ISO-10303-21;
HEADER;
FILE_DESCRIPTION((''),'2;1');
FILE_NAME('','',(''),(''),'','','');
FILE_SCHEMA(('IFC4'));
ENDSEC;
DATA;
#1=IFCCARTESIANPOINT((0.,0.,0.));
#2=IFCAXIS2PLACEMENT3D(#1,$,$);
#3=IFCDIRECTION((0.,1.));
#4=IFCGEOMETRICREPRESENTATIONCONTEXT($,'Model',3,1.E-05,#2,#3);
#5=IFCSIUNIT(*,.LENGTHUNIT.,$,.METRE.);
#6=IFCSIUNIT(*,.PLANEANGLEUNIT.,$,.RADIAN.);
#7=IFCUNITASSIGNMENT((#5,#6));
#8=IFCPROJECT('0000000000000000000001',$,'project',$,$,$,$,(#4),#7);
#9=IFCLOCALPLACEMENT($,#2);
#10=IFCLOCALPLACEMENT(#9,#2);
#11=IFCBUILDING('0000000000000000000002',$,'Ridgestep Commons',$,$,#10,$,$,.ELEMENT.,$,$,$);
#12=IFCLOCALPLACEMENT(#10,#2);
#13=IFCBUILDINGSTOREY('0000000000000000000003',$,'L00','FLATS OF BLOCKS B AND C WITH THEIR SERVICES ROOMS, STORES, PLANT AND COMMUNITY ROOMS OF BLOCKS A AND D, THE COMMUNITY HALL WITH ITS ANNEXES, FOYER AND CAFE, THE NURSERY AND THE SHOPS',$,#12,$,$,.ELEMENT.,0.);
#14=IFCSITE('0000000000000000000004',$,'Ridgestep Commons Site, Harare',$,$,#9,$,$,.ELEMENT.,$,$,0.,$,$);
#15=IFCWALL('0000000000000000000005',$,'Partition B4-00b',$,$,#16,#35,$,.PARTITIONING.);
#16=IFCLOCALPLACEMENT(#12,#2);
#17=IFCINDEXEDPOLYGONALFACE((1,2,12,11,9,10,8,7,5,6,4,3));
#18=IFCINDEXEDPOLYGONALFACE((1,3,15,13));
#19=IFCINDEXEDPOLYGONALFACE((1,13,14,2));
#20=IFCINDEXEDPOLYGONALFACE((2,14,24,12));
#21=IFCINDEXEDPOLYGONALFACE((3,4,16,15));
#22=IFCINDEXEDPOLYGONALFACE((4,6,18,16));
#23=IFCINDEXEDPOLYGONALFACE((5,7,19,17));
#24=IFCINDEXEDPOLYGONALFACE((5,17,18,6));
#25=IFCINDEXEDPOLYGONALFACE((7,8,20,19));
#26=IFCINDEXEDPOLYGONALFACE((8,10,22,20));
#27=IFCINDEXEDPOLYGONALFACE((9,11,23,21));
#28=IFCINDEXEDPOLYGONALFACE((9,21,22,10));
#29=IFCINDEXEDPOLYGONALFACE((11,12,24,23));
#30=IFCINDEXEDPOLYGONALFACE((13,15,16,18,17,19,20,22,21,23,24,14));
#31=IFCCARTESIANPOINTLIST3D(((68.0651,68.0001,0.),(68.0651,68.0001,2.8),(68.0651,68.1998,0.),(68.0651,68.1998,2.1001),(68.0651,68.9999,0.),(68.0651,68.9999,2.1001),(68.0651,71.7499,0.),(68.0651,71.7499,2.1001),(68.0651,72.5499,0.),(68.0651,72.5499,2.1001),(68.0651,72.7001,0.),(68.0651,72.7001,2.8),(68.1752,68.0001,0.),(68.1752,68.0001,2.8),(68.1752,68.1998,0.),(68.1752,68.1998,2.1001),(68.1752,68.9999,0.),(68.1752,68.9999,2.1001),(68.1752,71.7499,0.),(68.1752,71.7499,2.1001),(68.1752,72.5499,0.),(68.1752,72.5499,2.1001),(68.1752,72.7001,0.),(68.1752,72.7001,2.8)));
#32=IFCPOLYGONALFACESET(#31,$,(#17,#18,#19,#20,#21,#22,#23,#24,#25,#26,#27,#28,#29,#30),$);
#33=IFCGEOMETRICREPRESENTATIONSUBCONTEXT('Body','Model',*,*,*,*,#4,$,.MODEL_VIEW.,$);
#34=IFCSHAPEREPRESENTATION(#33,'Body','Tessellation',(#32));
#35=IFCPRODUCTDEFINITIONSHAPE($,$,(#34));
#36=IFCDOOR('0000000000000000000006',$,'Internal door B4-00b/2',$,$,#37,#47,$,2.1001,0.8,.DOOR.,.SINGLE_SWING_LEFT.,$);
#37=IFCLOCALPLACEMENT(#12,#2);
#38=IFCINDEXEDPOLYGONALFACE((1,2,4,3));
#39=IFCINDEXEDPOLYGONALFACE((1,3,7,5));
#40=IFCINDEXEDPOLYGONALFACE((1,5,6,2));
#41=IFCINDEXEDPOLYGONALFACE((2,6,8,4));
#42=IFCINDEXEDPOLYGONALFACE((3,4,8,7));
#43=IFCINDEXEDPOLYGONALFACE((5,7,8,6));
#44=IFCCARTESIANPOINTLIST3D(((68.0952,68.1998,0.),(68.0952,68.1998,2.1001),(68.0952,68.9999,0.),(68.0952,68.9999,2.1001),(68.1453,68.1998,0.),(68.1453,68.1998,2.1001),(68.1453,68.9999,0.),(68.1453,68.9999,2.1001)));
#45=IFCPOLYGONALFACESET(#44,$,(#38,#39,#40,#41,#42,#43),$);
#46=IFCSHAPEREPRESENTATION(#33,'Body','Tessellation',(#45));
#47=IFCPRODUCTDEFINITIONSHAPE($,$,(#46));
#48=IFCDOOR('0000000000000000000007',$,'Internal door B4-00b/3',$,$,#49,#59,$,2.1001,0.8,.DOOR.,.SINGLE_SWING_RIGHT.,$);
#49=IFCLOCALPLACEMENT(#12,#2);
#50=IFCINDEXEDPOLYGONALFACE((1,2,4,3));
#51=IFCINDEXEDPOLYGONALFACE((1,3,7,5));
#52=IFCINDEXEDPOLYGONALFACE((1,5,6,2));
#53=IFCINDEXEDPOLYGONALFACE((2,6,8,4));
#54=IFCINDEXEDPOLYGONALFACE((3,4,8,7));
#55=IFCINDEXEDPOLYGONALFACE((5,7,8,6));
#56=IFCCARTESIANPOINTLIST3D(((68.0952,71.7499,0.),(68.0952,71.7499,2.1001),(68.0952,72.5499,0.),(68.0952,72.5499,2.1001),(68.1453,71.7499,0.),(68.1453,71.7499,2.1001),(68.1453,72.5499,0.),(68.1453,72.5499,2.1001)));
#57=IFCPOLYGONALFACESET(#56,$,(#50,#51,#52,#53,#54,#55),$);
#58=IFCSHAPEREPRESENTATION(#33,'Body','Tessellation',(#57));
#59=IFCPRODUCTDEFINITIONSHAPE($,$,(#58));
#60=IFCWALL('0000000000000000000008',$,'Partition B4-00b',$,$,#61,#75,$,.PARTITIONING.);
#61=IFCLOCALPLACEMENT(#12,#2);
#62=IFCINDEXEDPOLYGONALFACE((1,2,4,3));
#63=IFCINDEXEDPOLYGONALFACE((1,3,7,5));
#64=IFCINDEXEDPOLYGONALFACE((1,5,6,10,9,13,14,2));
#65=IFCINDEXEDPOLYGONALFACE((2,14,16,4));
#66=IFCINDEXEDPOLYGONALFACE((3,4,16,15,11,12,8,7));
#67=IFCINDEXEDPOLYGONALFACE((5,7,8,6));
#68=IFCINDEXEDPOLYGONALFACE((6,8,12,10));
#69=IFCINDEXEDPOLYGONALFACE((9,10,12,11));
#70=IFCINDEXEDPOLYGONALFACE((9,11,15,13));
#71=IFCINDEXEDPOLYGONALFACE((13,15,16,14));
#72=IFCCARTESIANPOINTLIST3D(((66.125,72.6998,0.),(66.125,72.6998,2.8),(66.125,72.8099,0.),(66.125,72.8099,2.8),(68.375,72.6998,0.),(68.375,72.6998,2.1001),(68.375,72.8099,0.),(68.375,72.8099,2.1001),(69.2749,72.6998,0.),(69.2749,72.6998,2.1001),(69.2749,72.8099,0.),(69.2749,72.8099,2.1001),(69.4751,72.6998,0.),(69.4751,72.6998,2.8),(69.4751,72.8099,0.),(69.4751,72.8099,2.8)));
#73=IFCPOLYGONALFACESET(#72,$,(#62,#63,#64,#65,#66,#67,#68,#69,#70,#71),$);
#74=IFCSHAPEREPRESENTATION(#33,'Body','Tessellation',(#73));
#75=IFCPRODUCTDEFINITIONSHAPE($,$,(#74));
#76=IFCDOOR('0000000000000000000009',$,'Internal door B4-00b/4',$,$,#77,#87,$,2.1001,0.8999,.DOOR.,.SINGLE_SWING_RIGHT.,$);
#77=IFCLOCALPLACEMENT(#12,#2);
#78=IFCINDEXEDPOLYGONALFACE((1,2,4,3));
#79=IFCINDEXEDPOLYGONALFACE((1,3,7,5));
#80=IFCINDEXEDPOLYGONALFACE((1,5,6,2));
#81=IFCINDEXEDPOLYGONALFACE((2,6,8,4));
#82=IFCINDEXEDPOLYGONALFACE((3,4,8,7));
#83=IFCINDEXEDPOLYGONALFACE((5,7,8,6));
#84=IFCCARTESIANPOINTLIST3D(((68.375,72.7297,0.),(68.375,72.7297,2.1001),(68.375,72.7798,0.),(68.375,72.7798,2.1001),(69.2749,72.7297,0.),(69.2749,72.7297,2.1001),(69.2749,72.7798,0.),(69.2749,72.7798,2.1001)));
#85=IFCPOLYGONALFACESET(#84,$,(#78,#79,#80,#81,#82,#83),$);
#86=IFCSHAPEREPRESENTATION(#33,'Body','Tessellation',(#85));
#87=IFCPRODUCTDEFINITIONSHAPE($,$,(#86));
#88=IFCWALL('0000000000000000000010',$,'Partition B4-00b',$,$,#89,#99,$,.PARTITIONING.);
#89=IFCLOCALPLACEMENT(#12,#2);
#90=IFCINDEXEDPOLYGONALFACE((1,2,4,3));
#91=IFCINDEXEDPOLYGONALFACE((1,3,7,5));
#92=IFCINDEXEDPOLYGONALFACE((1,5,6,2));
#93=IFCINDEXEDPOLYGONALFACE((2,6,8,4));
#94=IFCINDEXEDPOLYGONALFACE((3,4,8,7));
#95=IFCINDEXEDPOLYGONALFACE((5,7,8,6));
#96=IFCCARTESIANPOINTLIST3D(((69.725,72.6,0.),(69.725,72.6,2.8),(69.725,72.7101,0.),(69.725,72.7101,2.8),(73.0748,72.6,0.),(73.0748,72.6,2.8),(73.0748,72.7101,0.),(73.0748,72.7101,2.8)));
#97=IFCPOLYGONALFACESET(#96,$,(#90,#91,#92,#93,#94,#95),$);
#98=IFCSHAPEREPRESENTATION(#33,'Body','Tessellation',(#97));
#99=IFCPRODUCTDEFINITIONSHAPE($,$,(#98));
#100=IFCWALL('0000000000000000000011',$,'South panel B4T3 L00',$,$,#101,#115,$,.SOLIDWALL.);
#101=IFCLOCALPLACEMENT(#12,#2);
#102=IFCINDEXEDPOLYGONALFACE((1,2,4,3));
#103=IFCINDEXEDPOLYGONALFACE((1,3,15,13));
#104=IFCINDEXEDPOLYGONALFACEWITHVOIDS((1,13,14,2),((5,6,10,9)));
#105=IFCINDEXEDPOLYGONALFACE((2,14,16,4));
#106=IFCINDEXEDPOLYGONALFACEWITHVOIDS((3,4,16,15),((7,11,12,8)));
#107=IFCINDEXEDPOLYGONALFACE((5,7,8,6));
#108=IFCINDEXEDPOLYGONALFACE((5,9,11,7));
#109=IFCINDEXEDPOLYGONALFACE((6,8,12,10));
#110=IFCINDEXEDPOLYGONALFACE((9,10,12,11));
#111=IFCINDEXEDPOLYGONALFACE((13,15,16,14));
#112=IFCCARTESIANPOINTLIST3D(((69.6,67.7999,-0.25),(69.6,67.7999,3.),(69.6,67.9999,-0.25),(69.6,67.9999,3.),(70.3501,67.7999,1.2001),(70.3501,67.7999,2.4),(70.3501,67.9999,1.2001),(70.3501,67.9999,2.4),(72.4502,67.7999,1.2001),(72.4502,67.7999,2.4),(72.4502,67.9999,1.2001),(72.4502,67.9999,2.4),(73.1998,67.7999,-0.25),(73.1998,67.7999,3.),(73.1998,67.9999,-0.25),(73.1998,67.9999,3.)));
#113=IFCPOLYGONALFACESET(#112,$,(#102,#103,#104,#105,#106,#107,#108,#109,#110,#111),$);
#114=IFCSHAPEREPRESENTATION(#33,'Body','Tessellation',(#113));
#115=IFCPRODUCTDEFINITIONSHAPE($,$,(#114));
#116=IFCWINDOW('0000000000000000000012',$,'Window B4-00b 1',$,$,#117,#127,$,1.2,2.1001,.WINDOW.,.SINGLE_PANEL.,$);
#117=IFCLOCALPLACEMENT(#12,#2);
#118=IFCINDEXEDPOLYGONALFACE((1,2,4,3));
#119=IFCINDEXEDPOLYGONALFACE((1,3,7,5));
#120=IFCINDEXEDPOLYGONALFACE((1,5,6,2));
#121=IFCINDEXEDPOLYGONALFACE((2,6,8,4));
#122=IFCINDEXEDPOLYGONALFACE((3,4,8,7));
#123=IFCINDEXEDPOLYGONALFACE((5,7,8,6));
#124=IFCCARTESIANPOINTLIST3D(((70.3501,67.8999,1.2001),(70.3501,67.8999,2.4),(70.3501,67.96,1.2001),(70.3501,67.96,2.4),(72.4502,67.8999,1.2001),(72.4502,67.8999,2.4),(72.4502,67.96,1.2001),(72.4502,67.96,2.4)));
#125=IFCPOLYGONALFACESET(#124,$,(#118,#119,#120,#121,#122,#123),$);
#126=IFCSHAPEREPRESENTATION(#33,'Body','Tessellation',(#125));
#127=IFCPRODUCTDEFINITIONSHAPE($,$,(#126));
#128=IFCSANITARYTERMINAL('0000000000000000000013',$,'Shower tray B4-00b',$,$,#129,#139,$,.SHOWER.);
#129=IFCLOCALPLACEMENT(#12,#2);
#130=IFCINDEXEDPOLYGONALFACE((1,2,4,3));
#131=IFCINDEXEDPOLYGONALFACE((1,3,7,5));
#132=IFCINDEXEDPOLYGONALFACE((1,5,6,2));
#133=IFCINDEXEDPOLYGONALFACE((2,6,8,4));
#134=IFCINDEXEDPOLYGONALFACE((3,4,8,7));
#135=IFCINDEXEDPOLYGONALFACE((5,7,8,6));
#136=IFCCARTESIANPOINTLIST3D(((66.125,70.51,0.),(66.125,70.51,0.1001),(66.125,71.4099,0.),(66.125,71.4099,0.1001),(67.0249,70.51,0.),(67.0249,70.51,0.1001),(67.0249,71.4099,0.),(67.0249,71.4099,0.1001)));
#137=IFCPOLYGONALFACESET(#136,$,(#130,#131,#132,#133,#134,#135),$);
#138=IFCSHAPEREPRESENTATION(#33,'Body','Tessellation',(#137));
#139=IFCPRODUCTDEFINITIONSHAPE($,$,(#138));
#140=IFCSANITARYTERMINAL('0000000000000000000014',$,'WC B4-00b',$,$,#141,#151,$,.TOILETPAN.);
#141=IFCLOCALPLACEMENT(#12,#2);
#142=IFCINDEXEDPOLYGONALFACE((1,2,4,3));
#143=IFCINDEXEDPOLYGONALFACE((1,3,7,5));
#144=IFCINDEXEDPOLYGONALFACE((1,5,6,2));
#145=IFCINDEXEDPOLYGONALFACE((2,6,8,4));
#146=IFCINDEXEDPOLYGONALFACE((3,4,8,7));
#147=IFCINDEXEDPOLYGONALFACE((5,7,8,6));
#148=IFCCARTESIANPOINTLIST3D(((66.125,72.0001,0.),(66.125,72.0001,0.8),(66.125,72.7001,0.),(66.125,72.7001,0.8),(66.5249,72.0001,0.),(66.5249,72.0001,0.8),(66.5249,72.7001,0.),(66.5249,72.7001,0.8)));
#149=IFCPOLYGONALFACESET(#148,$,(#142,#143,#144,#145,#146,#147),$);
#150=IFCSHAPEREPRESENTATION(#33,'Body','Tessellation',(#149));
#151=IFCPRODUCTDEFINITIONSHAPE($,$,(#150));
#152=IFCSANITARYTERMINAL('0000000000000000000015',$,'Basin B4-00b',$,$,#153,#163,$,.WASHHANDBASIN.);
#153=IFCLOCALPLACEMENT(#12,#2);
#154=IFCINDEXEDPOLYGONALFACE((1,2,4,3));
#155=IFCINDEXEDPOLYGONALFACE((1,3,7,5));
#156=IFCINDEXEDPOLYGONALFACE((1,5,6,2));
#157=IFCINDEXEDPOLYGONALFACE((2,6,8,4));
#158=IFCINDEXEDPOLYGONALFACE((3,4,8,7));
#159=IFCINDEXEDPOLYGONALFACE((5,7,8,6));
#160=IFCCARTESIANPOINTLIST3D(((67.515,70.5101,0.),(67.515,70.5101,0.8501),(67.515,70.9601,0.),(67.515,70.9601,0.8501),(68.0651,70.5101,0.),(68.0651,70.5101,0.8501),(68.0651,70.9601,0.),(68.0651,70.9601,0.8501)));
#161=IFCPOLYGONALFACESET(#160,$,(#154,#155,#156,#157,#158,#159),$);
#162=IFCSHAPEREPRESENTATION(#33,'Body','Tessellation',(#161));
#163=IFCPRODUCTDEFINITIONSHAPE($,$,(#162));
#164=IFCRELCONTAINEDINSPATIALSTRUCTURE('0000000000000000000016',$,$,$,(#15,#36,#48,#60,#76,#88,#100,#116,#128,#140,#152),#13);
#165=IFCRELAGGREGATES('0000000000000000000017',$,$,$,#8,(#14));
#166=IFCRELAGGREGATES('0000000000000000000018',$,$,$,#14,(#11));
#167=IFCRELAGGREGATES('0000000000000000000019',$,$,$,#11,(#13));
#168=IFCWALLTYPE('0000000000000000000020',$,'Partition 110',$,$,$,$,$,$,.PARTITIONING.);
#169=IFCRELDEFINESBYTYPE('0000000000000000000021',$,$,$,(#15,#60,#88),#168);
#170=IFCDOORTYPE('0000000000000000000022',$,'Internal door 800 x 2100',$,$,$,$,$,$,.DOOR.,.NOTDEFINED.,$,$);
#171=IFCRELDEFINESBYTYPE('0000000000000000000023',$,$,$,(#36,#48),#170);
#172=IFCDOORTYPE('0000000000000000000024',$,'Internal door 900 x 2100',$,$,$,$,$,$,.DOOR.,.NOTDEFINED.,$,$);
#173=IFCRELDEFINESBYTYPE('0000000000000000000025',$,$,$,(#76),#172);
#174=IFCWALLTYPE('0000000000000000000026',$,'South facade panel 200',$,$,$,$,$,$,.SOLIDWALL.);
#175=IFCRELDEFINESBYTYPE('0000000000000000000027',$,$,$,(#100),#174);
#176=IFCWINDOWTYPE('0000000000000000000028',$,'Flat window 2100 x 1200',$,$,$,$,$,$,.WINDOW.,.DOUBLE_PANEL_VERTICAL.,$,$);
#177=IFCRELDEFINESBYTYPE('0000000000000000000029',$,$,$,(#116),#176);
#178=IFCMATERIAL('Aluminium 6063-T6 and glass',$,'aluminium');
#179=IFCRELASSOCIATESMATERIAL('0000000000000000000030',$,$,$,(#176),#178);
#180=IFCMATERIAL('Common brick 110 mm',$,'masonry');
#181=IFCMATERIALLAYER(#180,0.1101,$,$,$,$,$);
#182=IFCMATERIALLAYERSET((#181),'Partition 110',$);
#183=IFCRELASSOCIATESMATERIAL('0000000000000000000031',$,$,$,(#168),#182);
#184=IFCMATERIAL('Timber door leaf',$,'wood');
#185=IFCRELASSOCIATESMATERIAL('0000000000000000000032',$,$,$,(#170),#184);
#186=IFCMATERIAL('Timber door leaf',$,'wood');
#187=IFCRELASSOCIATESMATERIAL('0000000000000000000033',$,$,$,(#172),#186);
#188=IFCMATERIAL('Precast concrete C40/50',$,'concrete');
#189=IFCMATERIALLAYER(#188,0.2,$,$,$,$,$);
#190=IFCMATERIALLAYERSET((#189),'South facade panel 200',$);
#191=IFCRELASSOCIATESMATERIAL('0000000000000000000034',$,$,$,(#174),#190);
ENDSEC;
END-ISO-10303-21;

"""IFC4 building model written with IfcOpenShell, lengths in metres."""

from ifc_helpers import new_model, si_unit, direction, frame, frame_2d, origin, origin_2d, place, context, subcontext, project, spatial, rectangle, extrude, material, layer, layer_set, type_object, element, fill, save


model = new_model("IFC4")

# Units and contexts
model_context = context("Model", 3, precision=1e-05, world=origin(), true_north=direction((0.0, 1.0)))
body_context = subcontext(model_context, "Body", "Model", "MODEL_VIEW")
ifc_project = project(units=[si_unit("LENGTHUNIT", "METRE"), si_unit("PLANEANGLEUNIT", "RADIAN")], contexts=[model_context])

# Site, building, storey
site_placement = place(None, origin())
site = spatial("IfcSite", under=ifc_project, at=site_placement, Name="Ridgestep Commons Site, Harare", CompositionType="ELEMENT", RefElevation=0.0)
building_placement = place(site_placement, origin())
building = spatial("IfcBuilding", under=site, at=building_placement, Name="Ridgestep Commons", CompositionType="ELEMENT")
storey_placement = place(building_placement, origin())
storey = spatial("IfcBuildingStorey", under=building, at=storey_placement, Name="L00", Description="FLATS OF BLOCKS B AND C WITH THEIR SERVICES ROOMS, STORES, PLANT AND COMMUNITY ROOMS OF BLOCKS A AND D, THE COMMUNITY HALL WITH ITS ANNEXES, FOYER AND CAFE, THE NURSERY AND THE SHOPS", CompositionType="ELEMENT", Elevation=0.0)

# Shared definitions
ifc_material_1 = material(Name="Aluminium 6063-T6 and glass", Category="aluminium")
window_type = type_object("IfcWindowType", Name="Flat window 2100 x 1200", PartitioningType="DOUBLE_PANEL_VERTICAL", PredefinedType="WINDOW", material=ifc_material_1)

# Shared definitions
ifc_material_2 = material(Name="Common brick 110 mm", Category="masonry")
ifc_layer_1 = layer(ifc_material_2, 0.1101)
ifc_layer_set_1 = layer_set([ifc_layer_1], Name="Partition 110")
wall_type_1 = type_object("IfcWallType", Name="Partition 110", PredefinedType="PARTITIONING", material=ifc_layer_set_1)

# Wall, openings, doors
wall_1_placement = place(storey_placement, frame((68.1201, 68.0, 0.0), z_axis=(0.0, 0.0, 1.0), x_axis=(0.0, 1.0, 0.0)))
wall_1 = element("IfcWall", 1, at=wall_1_placement, inside=storey, type_object=wall_type_1, Name="Partition B4-00b", PredefinedType="PARTITIONING", context=body_context, shape_type="SweptSolid", body=[
    extrude(rectangle(XDim=4.7, YDim=0.1101, at=frame_2d((2.3501, 0.0))), origin(), (0.0, 0.0, 1.0), 2.8),
])
opening_1_placement = place(wall_1_placement, frame((0.2, 0.0, 0.0)))
opening_1 = element("IfcOpeningElement", 2, at=opening_1_placement, cuts=wall_1, PredefinedType="OPENING", context=body_context, shape_type="SweptSolid", body=[
    extrude(rectangle(XDim=0.8, YDim=2.1001, at=frame_2d((0.3999, 1.05))), frame((0.0, 0.0649, 0.0), z_axis=(0.0, -1.0, 0.0), x_axis=(1.0, 0.0, 0.0)), (0.0, 0.0, 1.0), 0.1301),
])
opening_2_placement = place(wall_1_placement, frame((3.75, 0.0, 0.0)))
opening_2 = element("IfcOpeningElement", 3, at=opening_2_placement, cuts=wall_1, PredefinedType="OPENING", context=body_context, shape_type="SweptSolid", body=[
    extrude(rectangle(XDim=0.8, YDim=2.1001, at=frame_2d((0.3999, 1.05))), frame((0.0, 0.0649, 0.0), z_axis=(0.0, -1.0, 0.0), x_axis=(1.0, 0.0, 0.0)), (0.0, 0.0, 1.0), 0.1301),
])
ifc_material_3 = material(Name="Timber door leaf", Category="wood")
door_type_1 = type_object("IfcDoorType", Name="Internal door 800 x 2100", OperationType="NOTDEFINED", PredefinedType="DOOR", material=ifc_material_3)
door_1_placement = place(opening_1_placement, origin())
door_1 = element("IfcDoor", 4, at=door_1_placement, inside=storey, type_object=door_type_1, Name="Internal door B4-00b/2", OperationType="SINGLE_SWING_LEFT", OverallHeight=2.1001, OverallWidth=0.8, PredefinedType="DOOR", context=body_context, shape_type="SweptSolid", body=[
    extrude(rectangle(XDim=0.8, YDim=2.1001, at=frame_2d((0.3999, 1.05))), frame((0.0, 0.0249, 0.0), z_axis=(0.0, -1.0, 0.0), x_axis=(1.0, 0.0, 0.0)), (0.0, 0.0, 1.0), 0.05),
])
fill(opening_1, door_1)
door_2_placement = place(opening_2_placement, origin())
door_2 = element("IfcDoor", 5, at=door_2_placement, inside=storey, type_object=door_type_1, Name="Internal door B4-00b/3", OperationType="SINGLE_SWING_RIGHT", OverallHeight=2.1001, OverallWidth=0.8, PredefinedType="DOOR", context=body_context, shape_type="SweptSolid", body=[
    extrude(rectangle(XDim=0.8, YDim=2.1001, at=frame_2d((0.3999, 1.05))), frame((0.0, 0.0249, 0.0), z_axis=(0.0, -1.0, 0.0), x_axis=(1.0, 0.0, 0.0)), (0.0, 0.0, 1.0), 0.05),
])
fill(opening_2, door_2)

# Wall, opening, door
wall_2_placement = place(storey_placement, frame((66.125, 72.7549, 0.0), z_axis=(0.0, 0.0, 1.0), x_axis=(1.0, 0.0, 0.0)))
wall_2 = element("IfcWall", 6, at=wall_2_placement, inside=storey, type_object=wall_type_1, Name="Partition B4-00b", PredefinedType="PARTITIONING", context=body_context, shape_type="SweptSolid", body=[
    extrude(rectangle(XDim=3.3501, YDim=0.1101, at=frame_2d((1.675, 0.0))), origin(), (0.0, 0.0, 1.0), 2.8),
])
opening_3_placement = place(wall_2_placement, frame((2.25, 0.0, 0.0)))
opening_3 = element("IfcOpeningElement", 7, at=opening_3_placement, cuts=wall_2, PredefinedType="OPENING", context=body_context, shape_type="SweptSolid", body=[
    extrude(rectangle(XDim=0.8999, YDim=2.1001, at=frame_2d((0.45, 1.05))), frame((0.0, 0.0649, 0.0), z_axis=(0.0, -1.0, 0.0), x_axis=(1.0, 0.0, 0.0)), (0.0, 0.0, 1.0), 0.1301),
])
ifc_material_4 = material(Name="Timber door leaf", Category="wood")
door_type_2 = type_object("IfcDoorType", Name="Internal door 900 x 2100", OperationType="NOTDEFINED", PredefinedType="DOOR", material=ifc_material_4)
door_3_placement = place(opening_3_placement, origin())
door_3 = element("IfcDoor", 8, at=door_3_placement, inside=storey, type_object=door_type_2, Name="Internal door B4-00b/4", OperationType="SINGLE_SWING_RIGHT", OverallHeight=2.1001, OverallWidth=0.8999, PredefinedType="DOOR", context=body_context, shape_type="SweptSolid", body=[
    extrude(rectangle(XDim=0.8999, YDim=2.1001, at=frame_2d((0.45, 1.05))), frame((0.0, 0.0249, 0.0), z_axis=(0.0, -1.0, 0.0), x_axis=(1.0, 0.0, 0.0)), (0.0, 0.0, 1.0), 0.05),
])
fill(opening_3, door_3)

# Wall
wall_3_placement = place(storey_placement, frame((69.7251, 72.655, 0.0), z_axis=(0.0, 0.0, 1.0), x_axis=(1.0, 0.0, 0.0)))
element("IfcWall", 9, at=wall_3_placement, inside=storey, type_object=wall_type_1, Name="Partition B4-00b", PredefinedType="PARTITIONING", context=body_context, shape_type="SweptSolid", body=[
    extrude(rectangle(XDim=3.3499, YDim=0.1101, at=frame_2d((1.6748, 0.0))), origin(), (0.0, 0.0, 1.0), 2.8),
])

# Wall, opening, window
ifc_material_5 = material(Name="Precast concrete C40/50", Category="concrete")
ifc_layer_2 = layer(ifc_material_5, 0.2)
ifc_layer_set_2 = layer_set([ifc_layer_2], Name="South facade panel 200")
wall_type_2 = type_object("IfcWallType", Name="South facade panel 200", PredefinedType="SOLIDWALL", material=ifc_layer_set_2)
wall_4_placement = place(storey_placement, frame((69.6001, 67.8999, -0.25), z_axis=(0.0, 0.0, 1.0), x_axis=(1.0, 0.0, 0.0)))
wall_4 = element("IfcWall", 10, at=wall_4_placement, inside=storey, type_object=wall_type_2, Name="South panel B4T3 L00", PredefinedType="SOLIDWALL", context=body_context, shape_type="SweptSolid", body=[
    extrude(rectangle(XDim=3.5999, YDim=0.2, at=frame_2d((1.7998, 0.0))), origin(), (0.0, 0.0, 1.0), 3.25),
])
opening_4_placement = place(wall_4_placement, frame((0.75, 0.0, 1.45)))
opening_4 = element("IfcOpeningElement", 11, at=opening_4_placement, cuts=wall_4, PredefinedType="OPENING", context=body_context, shape_type="SweptSolid", body=[
    extrude(rectangle(XDim=2.1001, YDim=1.2, at=frame_2d((1.05, 0.6001))), frame((0.0, 0.1099, 0.0), z_axis=(0.0, -1.0, 0.0), x_axis=(1.0, 0.0, 0.0)), (0.0, 0.0, 1.0), 0.22),
])
window_1_placement = place(opening_4_placement, origin())
window_1 = element("IfcWindow", 12, at=window_1_placement, inside=storey, type_object=window_type, Name="Window B4-00b 1", OverallHeight=1.2, OverallWidth=2.1001, PartitioningType="SINGLE_PANEL", PredefinedType="WINDOW", context=body_context, shape_type="SweptSolid", body=[
    extrude(rectangle(XDim=2.1001, YDim=1.2, at=frame_2d((1.05, 0.6001))), frame((0.0, 0.0601, 0.0), z_axis=(0.0, -1.0, 0.0), x_axis=(1.0, 0.0, 0.0)), (0.0, 0.0, 1.0), 0.0601),
])
fill(opening_4, window_1)

# Sanitary terminals
sanitary_terminal_1_placement = place(storey_placement, frame((66.575, 70.96, 0.0), z_axis=(0.0, 0.0, 1.0), x_axis=(1.0, 0.0, 0.0)))
element("IfcSanitaryTerminal", 13, at=sanitary_terminal_1_placement, inside=storey, Name="Shower tray B4-00b", PredefinedType="SHOWER", context=body_context, shape_type="SweptSolid", body=[
    extrude(rectangle(XDim=0.8999, YDim=0.8999, at=origin_2d()), origin(), (0.0, 0.0, 1.0), 0.1001),
])
sanitary_terminal_2_placement = place(storey_placement, frame((66.325, 72.3501, 0.0), z_axis=(0.0, 0.0, 1.0), x_axis=(1.0, 0.0, 0.0)))
element("IfcSanitaryTerminal", 14, at=sanitary_terminal_2_placement, inside=storey, Name="WC B4-00b", PredefinedType="TOILETPAN", context=body_context, shape_type="SweptSolid", body=[
    extrude(rectangle(XDim=0.3999, YDim=0.7, at=origin_2d()), origin(), (0.0, 0.0, 1.0), 0.8),
])
sanitary_terminal_3_placement = place(storey_placement, frame((67.79, 70.7351, 0.0), z_axis=(0.0, 0.0, 1.0), x_axis=(1.0, 0.0, 0.0)))
element("IfcSanitaryTerminal", 15, at=sanitary_terminal_3_placement, inside=storey, Name="Basin B4-00b", PredefinedType="WASHHANDBASIN", context=body_context, shape_type="SweptSolid", body=[
    extrude(rectangle(XDim=0.55, YDim=0.45, at=origin_2d()), origin(), (0.0, 0.0, 1.0), 0.8501),
])

save(model, "model.ifc")
